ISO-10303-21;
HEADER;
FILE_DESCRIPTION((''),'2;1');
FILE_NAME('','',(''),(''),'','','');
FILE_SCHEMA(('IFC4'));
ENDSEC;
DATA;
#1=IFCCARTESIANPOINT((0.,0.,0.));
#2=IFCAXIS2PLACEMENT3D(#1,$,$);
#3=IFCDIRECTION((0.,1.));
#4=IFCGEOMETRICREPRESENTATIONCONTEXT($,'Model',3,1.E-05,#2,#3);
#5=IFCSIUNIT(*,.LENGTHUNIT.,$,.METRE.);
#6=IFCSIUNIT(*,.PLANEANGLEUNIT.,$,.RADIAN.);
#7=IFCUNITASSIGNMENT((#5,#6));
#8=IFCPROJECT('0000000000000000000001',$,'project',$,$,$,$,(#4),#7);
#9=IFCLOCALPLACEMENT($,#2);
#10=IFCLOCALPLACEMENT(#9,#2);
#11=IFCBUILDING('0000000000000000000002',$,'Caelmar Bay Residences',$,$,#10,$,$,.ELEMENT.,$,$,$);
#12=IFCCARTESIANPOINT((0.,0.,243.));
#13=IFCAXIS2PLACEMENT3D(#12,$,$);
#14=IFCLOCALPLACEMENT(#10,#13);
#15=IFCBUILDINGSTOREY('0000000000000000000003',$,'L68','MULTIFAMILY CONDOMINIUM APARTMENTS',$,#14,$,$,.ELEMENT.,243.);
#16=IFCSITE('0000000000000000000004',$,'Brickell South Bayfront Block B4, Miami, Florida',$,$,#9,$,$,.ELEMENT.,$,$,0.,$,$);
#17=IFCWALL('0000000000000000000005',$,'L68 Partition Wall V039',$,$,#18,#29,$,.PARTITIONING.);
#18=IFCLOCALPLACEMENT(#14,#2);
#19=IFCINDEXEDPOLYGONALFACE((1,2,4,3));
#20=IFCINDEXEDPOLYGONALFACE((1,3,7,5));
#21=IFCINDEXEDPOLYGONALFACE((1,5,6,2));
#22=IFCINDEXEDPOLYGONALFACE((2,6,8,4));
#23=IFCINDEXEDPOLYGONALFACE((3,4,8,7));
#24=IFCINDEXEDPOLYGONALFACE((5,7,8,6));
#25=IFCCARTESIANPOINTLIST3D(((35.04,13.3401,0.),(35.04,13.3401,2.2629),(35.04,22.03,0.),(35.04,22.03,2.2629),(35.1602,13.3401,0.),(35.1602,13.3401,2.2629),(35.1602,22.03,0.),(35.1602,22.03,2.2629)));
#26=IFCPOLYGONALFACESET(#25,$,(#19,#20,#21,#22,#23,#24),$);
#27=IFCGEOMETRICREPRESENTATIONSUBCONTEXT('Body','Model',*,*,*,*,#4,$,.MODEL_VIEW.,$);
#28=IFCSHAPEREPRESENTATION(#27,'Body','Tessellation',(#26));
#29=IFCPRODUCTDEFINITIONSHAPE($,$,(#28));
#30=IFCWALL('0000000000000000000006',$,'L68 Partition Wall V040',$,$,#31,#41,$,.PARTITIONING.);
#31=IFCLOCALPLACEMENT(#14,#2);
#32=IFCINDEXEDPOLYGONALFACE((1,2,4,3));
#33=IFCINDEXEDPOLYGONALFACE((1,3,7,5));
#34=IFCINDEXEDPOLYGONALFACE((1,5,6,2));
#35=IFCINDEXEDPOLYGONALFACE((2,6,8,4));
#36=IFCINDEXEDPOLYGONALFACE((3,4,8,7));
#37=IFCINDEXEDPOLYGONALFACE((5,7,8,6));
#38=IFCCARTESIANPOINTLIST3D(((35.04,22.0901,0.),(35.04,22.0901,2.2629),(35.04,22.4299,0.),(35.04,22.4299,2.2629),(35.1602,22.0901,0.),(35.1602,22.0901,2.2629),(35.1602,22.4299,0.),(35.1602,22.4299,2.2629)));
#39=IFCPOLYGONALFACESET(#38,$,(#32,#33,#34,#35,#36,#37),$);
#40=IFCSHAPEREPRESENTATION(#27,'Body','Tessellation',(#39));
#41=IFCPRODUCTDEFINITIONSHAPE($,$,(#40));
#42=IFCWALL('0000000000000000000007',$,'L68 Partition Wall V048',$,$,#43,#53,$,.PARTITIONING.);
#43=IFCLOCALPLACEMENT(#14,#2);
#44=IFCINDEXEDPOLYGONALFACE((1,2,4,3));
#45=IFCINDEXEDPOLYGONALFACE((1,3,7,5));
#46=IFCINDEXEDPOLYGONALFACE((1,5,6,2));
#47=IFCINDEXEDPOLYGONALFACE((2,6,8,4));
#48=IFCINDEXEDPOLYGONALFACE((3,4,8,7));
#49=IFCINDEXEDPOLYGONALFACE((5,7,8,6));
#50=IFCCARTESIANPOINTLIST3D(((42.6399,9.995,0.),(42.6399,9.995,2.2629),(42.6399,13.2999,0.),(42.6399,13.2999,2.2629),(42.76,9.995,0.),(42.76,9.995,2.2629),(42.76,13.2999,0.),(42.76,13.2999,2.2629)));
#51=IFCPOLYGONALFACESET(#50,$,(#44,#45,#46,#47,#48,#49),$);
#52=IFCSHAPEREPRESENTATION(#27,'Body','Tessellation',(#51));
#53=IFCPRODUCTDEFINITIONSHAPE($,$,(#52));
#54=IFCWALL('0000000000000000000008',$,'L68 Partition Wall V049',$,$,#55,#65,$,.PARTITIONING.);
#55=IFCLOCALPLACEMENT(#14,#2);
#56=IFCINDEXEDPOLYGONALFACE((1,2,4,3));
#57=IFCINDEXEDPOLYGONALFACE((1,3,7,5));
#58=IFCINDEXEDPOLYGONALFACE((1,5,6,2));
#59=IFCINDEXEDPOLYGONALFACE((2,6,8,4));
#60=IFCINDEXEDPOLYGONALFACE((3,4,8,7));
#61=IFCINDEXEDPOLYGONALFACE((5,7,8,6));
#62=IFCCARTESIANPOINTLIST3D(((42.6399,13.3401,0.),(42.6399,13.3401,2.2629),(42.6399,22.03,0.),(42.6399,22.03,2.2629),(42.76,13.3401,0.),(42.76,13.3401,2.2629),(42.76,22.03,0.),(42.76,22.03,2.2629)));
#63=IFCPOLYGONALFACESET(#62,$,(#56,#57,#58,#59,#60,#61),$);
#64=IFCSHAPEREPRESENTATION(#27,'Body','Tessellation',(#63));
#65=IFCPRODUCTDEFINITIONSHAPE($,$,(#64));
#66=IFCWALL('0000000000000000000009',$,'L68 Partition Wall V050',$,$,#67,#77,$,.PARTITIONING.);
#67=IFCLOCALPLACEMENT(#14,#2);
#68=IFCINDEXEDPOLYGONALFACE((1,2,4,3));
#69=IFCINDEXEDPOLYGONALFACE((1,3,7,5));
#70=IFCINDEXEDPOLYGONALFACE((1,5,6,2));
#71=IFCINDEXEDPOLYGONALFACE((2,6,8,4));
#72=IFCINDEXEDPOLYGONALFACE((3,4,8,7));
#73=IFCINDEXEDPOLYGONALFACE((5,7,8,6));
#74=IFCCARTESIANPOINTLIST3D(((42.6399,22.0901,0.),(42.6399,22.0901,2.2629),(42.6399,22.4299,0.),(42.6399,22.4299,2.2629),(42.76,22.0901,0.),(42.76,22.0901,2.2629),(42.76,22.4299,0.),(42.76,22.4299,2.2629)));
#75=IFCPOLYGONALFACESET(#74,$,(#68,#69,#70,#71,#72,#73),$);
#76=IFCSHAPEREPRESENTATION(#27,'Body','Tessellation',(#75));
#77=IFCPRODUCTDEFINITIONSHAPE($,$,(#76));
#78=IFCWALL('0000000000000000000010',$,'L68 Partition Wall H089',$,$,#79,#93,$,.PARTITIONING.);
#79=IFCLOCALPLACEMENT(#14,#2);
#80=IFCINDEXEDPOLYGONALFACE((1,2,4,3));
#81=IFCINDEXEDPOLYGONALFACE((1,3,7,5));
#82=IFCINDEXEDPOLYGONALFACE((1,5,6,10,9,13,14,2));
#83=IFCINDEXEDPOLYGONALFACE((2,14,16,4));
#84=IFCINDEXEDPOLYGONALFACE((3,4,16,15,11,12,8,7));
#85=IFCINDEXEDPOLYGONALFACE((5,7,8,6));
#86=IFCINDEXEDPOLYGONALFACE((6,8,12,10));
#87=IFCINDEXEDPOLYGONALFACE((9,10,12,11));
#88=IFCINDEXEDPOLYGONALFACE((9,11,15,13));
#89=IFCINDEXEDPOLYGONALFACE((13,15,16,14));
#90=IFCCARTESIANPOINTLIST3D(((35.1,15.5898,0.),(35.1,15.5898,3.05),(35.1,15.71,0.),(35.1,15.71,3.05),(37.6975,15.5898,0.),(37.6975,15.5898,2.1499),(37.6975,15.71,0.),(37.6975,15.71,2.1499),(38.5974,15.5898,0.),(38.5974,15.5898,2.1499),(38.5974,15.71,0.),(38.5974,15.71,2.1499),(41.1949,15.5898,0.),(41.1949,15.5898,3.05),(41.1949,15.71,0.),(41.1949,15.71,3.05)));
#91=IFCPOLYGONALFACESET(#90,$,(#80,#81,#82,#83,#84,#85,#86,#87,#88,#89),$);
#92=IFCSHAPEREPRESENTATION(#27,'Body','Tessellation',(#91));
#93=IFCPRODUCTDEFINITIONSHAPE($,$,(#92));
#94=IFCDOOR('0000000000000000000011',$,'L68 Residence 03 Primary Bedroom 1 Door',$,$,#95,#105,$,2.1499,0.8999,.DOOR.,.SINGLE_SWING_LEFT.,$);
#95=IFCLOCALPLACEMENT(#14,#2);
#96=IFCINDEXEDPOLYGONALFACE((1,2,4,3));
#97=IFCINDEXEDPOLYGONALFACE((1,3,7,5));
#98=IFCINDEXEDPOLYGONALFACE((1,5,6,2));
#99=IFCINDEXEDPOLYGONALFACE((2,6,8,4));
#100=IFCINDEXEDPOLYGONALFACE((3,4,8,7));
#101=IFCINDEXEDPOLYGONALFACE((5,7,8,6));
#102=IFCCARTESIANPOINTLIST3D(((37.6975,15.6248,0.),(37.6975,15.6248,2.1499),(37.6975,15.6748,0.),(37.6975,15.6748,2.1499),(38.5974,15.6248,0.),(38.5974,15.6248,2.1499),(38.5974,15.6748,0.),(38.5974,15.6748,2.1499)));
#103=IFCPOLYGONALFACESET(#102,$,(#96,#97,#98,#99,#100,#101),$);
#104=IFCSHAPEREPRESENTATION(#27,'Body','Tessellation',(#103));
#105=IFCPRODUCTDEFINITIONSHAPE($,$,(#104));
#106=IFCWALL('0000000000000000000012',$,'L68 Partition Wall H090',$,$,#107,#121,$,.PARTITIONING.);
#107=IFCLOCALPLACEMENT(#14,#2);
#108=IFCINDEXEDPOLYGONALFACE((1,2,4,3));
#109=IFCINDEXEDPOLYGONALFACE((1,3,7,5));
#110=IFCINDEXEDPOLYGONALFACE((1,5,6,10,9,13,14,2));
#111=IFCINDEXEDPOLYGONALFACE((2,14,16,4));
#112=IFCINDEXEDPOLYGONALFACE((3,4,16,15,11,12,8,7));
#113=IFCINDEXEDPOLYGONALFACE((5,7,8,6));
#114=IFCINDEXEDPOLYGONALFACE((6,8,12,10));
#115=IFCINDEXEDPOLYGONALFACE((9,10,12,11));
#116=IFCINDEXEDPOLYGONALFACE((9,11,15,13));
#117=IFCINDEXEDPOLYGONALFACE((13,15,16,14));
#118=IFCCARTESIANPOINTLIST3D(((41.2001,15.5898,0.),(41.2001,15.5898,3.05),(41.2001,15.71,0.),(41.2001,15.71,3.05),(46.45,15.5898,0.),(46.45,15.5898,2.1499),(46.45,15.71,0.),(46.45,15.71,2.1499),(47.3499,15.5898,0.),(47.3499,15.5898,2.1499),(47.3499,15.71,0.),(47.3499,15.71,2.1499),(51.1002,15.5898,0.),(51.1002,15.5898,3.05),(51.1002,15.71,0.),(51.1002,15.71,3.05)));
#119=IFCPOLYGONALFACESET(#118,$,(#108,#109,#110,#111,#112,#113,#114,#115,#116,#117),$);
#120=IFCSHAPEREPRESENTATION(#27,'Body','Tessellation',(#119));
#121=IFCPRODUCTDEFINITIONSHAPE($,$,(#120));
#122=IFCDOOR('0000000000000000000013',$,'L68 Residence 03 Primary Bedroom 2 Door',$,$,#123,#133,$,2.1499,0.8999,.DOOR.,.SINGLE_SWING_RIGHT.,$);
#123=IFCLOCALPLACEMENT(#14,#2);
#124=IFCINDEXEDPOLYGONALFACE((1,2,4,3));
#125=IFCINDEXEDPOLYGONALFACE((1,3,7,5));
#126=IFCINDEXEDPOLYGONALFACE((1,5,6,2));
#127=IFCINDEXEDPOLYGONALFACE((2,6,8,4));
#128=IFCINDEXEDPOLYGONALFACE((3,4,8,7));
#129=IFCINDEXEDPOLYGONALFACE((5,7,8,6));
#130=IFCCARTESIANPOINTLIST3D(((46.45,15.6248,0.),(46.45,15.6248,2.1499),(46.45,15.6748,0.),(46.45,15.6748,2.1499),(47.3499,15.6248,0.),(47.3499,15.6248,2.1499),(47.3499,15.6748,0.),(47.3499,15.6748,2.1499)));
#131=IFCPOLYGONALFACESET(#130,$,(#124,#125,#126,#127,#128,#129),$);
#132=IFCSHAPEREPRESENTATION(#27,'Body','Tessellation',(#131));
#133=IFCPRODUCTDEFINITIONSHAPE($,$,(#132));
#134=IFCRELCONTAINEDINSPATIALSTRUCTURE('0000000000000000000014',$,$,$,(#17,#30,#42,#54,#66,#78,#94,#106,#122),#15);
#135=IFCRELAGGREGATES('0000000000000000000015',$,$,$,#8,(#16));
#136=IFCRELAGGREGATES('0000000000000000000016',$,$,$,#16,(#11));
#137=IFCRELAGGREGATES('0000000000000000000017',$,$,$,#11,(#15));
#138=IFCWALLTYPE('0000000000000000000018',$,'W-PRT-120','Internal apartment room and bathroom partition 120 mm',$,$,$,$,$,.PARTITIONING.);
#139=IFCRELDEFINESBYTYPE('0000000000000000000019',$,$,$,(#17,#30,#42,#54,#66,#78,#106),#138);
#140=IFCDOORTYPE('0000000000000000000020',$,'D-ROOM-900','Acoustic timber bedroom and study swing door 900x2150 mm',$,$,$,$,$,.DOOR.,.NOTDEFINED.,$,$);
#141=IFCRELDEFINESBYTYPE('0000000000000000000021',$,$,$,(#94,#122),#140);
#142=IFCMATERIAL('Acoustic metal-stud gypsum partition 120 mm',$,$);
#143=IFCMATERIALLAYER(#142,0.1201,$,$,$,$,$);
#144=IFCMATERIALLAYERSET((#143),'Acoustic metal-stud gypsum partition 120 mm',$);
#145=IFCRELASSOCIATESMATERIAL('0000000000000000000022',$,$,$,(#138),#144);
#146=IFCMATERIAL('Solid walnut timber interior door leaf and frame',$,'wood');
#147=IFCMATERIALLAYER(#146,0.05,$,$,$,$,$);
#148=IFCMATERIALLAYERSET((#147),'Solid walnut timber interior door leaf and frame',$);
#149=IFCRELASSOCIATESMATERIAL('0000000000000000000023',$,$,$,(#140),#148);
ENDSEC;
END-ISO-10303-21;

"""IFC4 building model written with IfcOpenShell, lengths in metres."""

from ifc_helpers import new_model, si_unit, direction, frame, frame_2d, origin, place, context, subcontext, project, spatial, rectangle, extrude, material, layer, layer_set, type_object, element, fill, save


model = new_model("IFC4")

# Units and contexts
model_context = context("Model", 3, precision=1e-05, world=origin(), true_north=direction((0.0, 1.0)))
body_context = subcontext(model_context, "Body", "Model", "MODEL_VIEW")
ifc_project = project(units=[si_unit("LENGTHUNIT", "METRE"), si_unit("PLANEANGLEUNIT", "RADIAN")], contexts=[model_context])

# Site, building, storey
site_placement = place(None, origin())
site = spatial("IfcSite", under=ifc_project, at=site_placement, Name="Brickell South Bayfront Block B4, Miami, Florida", CompositionType="ELEMENT", RefElevation=0.0)
building_placement = place(site_placement, origin())
building = spatial("IfcBuilding", under=site, at=building_placement, Name="Caelmar Bay Residences", CompositionType="ELEMENT")
storey_placement = place(building_placement, frame((0.0, 0.0, 243.0)))
storey = spatial("IfcBuildingStorey", under=building, at=storey_placement, Name="L68", Description="MULTIFAMILY CONDOMINIUM APARTMENTS", CompositionType="ELEMENT", Elevation=243.0)

# Walls
ifc_material_1 = material(Name="Acoustic metal-stud gypsum partition 120 mm")
ifc_layer_1 = layer(ifc_material_1, 0.1201)
ifc_layer_set_1 = layer_set([ifc_layer_1], Name="Acoustic metal-stud gypsum partition 120 mm")
wall_type = type_object("IfcWallType", Name="W-PRT-120", Description="Internal apartment room and bathroom partition 120 mm", PredefinedType="PARTITIONING", material=ifc_layer_set_1)
wall_1_placement = place(storey_placement, frame((35.1001, 13.3401, 0.0), z_axis=(0.0, 0.0, 1.0), x_axis=(0.0, 1.0, 0.0)))
element("IfcWall", 1, at=wall_1_placement, inside=storey, type_object=wall_type, Name="L68 Partition Wall V039", PredefinedType="PARTITIONING", context=body_context, shape_type="SweptSolid", body=[
    extrude(rectangle(XDim=8.6899, YDim=0.1201, at=frame_2d((4.345, 0.0))), origin(), (0.0, 0.0, 1.0), 2.2629),
])
wall_2_placement = place(storey_placement, frame((35.1001, 22.0901, 0.0), z_axis=(0.0, 0.0, 1.0), x_axis=(0.0, 1.0, 0.0)))
element("IfcWall", 2, at=wall_2_placement, inside=storey, type_object=wall_type, Name="L68 Partition Wall V040", PredefinedType="PARTITIONING", context=body_context, shape_type="SweptSolid", body=[
    extrude(rectangle(XDim=0.3398, YDim=0.1201, at=frame_2d((0.1699, 0.0))), origin(), (0.0, 0.0, 1.0), 2.2629),
])

# Shared definitions
ifc_material_2 = material(Name="Solid walnut timber interior door leaf and frame", Category="wood")
ifc_layer_2 = layer(ifc_material_2, 0.05)
ifc_layer_set_2 = layer_set([ifc_layer_2], Name="Solid walnut timber interior door leaf and frame")
door_type = type_object("IfcDoorType", Name="D-ROOM-900", Description="Acoustic timber bedroom and study swing door 900x2150 mm", OperationType="NOTDEFINED", PredefinedType="DOOR", material=ifc_layer_set_2)

# Walls
wall_3_placement = place(storey_placement, frame((42.7, 9.9951, 0.0), z_axis=(0.0, 0.0, 1.0), x_axis=(0.0, 1.0, 0.0)))
element("IfcWall", 3, at=wall_3_placement, inside=storey, type_object=wall_type, Name="L68 Partition Wall V048", PredefinedType="PARTITIONING", context=body_context, shape_type="SweptSolid", body=[
    extrude(rectangle(XDim=3.3049, YDim=0.1201, at=frame_2d((1.6523, 0.0))), origin(), (0.0, 0.0, 1.0), 2.2629),
])
wall_4_placement = place(storey_placement, frame((42.7, 13.3401, 0.0), z_axis=(0.0, 0.0, 1.0), x_axis=(0.0, 1.0, 0.0)))
element("IfcWall", 4, at=wall_4_placement, inside=storey, type_object=wall_type, Name="L68 Partition Wall V049", PredefinedType="PARTITIONING", context=body_context, shape_type="SweptSolid", body=[
    extrude(rectangle(XDim=8.6899, YDim=0.1201, at=frame_2d((4.345, 0.0))), origin(), (0.0, 0.0, 1.0), 2.2629),
])
wall_5_placement = place(storey_placement, frame((42.7, 22.0901, 0.0), z_axis=(0.0, 0.0, 1.0), x_axis=(0.0, 1.0, 0.0)))
element("IfcWall", 5, at=wall_5_placement, inside=storey, type_object=wall_type, Name="L68 Partition Wall V050", PredefinedType="PARTITIONING", context=body_context, shape_type="SweptSolid", body=[
    extrude(rectangle(XDim=0.3398, YDim=0.1201, at=frame_2d((0.1699, 0.0))), origin(), (0.0, 0.0, 1.0), 2.2629),
])

# Walls, openings, doors
wall_6_placement = place(storey_placement, frame((35.1001, 15.6499, 0.0), z_axis=(0.0, 0.0, 1.0), x_axis=(1.0, 0.0, 0.0)))
wall_6 = element("IfcWall", 6, at=wall_6_placement, inside=storey, type_object=wall_type, Name="L68 Partition Wall H089", PredefinedType="PARTITIONING", context=body_context, shape_type="SweptSolid", body=[
    extrude(rectangle(XDim=6.095, YDim=0.1201, at=frame_2d((3.0474, 0.0))), origin(), (0.0, 0.0, 1.0), 3.05),
])
opening_1_placement = place(wall_6_placement, frame((2.5974, 0.0, 0.0)))
opening_1 = element("IfcOpeningElement", 7, at=opening_1_placement, cuts=wall_6, PredefinedType="OPENING", context=body_context, shape_type="SweptSolid", body=[
    extrude(rectangle(XDim=0.8999, YDim=2.1499, at=frame_2d((0.45, 1.075))), frame((0.0, 0.0701, 0.0), z_axis=(0.0, -1.0, 0.0), x_axis=(1.0, 0.0, 0.0)), (0.0, 0.0, 1.0), 0.1401),
])
door_1_placement = place(opening_1_placement, origin())
door_1 = element("IfcDoor", 8, at=door_1_placement, inside=storey, type_object=door_type, Name="L68 Residence 03 Primary Bedroom 1 Door", OperationType="SINGLE_SWING_LEFT", OverallHeight=2.1499, OverallWidth=0.8999, PredefinedType="DOOR", context=body_context, shape_type="SweptSolid", body=[
    extrude(rectangle(XDim=0.8999, YDim=2.1499, at=frame_2d((0.45, 1.075))), frame((0.0, 0.0249, 0.0), z_axis=(0.0, -1.0, 0.0), x_axis=(1.0, 0.0, 0.0)), (0.0, 0.0, 1.0), 0.05),
])
fill(opening_1, door_1)
wall_7_placement = place(storey_placement, frame((41.2, 15.6499, 0.0), z_axis=(0.0, 0.0, 1.0), x_axis=(1.0, 0.0, 0.0)))
wall_7 = element("IfcWall", 9, at=wall_7_placement, inside=storey, type_object=wall_type, Name="L68 Partition Wall H090", PredefinedType="PARTITIONING", context=body_context, shape_type="SweptSolid", body=[
    extrude(rectangle(XDim=9.9001, YDim=0.1201, at=frame_2d((4.9502, 0.0))), origin(), (0.0, 0.0, 1.0), 3.05),
])
opening_2_placement = place(wall_7_placement, frame((5.25, 0.0, 0.0)))
opening_2 = element("IfcOpeningElement", 10, at=opening_2_placement, cuts=wall_7, PredefinedType="OPENING", context=body_context, shape_type="SweptSolid", body=[
    extrude(rectangle(XDim=0.8999, YDim=2.1499, at=frame_2d((0.45, 1.075))), frame((0.0, 0.0701, 0.0), z_axis=(0.0, -1.0, 0.0), x_axis=(1.0, 0.0, 0.0)), (0.0, 0.0, 1.0), 0.1401),
])
door_2_placement = place(opening_2_placement, origin())
door_2 = element("IfcDoor", 11, at=door_2_placement, inside=storey, type_object=door_type, Name="L68 Residence 03 Primary Bedroom 2 Door", OperationType="SINGLE_SWING_RIGHT", OverallHeight=2.1499, OverallWidth=0.8999, PredefinedType="DOOR", context=body_context, shape_type="SweptSolid", body=[
    extrude(rectangle(XDim=0.8999, YDim=2.1499, at=frame_2d((0.45, 1.075))), frame((0.0, 0.0249, 0.0), z_axis=(0.0, -1.0, 0.0), x_axis=(1.0, 0.0, 0.0)), (0.0, 0.0, 1.0), 0.05),
])
fill(opening_2, door_2)

save(model, "model.ifc")
